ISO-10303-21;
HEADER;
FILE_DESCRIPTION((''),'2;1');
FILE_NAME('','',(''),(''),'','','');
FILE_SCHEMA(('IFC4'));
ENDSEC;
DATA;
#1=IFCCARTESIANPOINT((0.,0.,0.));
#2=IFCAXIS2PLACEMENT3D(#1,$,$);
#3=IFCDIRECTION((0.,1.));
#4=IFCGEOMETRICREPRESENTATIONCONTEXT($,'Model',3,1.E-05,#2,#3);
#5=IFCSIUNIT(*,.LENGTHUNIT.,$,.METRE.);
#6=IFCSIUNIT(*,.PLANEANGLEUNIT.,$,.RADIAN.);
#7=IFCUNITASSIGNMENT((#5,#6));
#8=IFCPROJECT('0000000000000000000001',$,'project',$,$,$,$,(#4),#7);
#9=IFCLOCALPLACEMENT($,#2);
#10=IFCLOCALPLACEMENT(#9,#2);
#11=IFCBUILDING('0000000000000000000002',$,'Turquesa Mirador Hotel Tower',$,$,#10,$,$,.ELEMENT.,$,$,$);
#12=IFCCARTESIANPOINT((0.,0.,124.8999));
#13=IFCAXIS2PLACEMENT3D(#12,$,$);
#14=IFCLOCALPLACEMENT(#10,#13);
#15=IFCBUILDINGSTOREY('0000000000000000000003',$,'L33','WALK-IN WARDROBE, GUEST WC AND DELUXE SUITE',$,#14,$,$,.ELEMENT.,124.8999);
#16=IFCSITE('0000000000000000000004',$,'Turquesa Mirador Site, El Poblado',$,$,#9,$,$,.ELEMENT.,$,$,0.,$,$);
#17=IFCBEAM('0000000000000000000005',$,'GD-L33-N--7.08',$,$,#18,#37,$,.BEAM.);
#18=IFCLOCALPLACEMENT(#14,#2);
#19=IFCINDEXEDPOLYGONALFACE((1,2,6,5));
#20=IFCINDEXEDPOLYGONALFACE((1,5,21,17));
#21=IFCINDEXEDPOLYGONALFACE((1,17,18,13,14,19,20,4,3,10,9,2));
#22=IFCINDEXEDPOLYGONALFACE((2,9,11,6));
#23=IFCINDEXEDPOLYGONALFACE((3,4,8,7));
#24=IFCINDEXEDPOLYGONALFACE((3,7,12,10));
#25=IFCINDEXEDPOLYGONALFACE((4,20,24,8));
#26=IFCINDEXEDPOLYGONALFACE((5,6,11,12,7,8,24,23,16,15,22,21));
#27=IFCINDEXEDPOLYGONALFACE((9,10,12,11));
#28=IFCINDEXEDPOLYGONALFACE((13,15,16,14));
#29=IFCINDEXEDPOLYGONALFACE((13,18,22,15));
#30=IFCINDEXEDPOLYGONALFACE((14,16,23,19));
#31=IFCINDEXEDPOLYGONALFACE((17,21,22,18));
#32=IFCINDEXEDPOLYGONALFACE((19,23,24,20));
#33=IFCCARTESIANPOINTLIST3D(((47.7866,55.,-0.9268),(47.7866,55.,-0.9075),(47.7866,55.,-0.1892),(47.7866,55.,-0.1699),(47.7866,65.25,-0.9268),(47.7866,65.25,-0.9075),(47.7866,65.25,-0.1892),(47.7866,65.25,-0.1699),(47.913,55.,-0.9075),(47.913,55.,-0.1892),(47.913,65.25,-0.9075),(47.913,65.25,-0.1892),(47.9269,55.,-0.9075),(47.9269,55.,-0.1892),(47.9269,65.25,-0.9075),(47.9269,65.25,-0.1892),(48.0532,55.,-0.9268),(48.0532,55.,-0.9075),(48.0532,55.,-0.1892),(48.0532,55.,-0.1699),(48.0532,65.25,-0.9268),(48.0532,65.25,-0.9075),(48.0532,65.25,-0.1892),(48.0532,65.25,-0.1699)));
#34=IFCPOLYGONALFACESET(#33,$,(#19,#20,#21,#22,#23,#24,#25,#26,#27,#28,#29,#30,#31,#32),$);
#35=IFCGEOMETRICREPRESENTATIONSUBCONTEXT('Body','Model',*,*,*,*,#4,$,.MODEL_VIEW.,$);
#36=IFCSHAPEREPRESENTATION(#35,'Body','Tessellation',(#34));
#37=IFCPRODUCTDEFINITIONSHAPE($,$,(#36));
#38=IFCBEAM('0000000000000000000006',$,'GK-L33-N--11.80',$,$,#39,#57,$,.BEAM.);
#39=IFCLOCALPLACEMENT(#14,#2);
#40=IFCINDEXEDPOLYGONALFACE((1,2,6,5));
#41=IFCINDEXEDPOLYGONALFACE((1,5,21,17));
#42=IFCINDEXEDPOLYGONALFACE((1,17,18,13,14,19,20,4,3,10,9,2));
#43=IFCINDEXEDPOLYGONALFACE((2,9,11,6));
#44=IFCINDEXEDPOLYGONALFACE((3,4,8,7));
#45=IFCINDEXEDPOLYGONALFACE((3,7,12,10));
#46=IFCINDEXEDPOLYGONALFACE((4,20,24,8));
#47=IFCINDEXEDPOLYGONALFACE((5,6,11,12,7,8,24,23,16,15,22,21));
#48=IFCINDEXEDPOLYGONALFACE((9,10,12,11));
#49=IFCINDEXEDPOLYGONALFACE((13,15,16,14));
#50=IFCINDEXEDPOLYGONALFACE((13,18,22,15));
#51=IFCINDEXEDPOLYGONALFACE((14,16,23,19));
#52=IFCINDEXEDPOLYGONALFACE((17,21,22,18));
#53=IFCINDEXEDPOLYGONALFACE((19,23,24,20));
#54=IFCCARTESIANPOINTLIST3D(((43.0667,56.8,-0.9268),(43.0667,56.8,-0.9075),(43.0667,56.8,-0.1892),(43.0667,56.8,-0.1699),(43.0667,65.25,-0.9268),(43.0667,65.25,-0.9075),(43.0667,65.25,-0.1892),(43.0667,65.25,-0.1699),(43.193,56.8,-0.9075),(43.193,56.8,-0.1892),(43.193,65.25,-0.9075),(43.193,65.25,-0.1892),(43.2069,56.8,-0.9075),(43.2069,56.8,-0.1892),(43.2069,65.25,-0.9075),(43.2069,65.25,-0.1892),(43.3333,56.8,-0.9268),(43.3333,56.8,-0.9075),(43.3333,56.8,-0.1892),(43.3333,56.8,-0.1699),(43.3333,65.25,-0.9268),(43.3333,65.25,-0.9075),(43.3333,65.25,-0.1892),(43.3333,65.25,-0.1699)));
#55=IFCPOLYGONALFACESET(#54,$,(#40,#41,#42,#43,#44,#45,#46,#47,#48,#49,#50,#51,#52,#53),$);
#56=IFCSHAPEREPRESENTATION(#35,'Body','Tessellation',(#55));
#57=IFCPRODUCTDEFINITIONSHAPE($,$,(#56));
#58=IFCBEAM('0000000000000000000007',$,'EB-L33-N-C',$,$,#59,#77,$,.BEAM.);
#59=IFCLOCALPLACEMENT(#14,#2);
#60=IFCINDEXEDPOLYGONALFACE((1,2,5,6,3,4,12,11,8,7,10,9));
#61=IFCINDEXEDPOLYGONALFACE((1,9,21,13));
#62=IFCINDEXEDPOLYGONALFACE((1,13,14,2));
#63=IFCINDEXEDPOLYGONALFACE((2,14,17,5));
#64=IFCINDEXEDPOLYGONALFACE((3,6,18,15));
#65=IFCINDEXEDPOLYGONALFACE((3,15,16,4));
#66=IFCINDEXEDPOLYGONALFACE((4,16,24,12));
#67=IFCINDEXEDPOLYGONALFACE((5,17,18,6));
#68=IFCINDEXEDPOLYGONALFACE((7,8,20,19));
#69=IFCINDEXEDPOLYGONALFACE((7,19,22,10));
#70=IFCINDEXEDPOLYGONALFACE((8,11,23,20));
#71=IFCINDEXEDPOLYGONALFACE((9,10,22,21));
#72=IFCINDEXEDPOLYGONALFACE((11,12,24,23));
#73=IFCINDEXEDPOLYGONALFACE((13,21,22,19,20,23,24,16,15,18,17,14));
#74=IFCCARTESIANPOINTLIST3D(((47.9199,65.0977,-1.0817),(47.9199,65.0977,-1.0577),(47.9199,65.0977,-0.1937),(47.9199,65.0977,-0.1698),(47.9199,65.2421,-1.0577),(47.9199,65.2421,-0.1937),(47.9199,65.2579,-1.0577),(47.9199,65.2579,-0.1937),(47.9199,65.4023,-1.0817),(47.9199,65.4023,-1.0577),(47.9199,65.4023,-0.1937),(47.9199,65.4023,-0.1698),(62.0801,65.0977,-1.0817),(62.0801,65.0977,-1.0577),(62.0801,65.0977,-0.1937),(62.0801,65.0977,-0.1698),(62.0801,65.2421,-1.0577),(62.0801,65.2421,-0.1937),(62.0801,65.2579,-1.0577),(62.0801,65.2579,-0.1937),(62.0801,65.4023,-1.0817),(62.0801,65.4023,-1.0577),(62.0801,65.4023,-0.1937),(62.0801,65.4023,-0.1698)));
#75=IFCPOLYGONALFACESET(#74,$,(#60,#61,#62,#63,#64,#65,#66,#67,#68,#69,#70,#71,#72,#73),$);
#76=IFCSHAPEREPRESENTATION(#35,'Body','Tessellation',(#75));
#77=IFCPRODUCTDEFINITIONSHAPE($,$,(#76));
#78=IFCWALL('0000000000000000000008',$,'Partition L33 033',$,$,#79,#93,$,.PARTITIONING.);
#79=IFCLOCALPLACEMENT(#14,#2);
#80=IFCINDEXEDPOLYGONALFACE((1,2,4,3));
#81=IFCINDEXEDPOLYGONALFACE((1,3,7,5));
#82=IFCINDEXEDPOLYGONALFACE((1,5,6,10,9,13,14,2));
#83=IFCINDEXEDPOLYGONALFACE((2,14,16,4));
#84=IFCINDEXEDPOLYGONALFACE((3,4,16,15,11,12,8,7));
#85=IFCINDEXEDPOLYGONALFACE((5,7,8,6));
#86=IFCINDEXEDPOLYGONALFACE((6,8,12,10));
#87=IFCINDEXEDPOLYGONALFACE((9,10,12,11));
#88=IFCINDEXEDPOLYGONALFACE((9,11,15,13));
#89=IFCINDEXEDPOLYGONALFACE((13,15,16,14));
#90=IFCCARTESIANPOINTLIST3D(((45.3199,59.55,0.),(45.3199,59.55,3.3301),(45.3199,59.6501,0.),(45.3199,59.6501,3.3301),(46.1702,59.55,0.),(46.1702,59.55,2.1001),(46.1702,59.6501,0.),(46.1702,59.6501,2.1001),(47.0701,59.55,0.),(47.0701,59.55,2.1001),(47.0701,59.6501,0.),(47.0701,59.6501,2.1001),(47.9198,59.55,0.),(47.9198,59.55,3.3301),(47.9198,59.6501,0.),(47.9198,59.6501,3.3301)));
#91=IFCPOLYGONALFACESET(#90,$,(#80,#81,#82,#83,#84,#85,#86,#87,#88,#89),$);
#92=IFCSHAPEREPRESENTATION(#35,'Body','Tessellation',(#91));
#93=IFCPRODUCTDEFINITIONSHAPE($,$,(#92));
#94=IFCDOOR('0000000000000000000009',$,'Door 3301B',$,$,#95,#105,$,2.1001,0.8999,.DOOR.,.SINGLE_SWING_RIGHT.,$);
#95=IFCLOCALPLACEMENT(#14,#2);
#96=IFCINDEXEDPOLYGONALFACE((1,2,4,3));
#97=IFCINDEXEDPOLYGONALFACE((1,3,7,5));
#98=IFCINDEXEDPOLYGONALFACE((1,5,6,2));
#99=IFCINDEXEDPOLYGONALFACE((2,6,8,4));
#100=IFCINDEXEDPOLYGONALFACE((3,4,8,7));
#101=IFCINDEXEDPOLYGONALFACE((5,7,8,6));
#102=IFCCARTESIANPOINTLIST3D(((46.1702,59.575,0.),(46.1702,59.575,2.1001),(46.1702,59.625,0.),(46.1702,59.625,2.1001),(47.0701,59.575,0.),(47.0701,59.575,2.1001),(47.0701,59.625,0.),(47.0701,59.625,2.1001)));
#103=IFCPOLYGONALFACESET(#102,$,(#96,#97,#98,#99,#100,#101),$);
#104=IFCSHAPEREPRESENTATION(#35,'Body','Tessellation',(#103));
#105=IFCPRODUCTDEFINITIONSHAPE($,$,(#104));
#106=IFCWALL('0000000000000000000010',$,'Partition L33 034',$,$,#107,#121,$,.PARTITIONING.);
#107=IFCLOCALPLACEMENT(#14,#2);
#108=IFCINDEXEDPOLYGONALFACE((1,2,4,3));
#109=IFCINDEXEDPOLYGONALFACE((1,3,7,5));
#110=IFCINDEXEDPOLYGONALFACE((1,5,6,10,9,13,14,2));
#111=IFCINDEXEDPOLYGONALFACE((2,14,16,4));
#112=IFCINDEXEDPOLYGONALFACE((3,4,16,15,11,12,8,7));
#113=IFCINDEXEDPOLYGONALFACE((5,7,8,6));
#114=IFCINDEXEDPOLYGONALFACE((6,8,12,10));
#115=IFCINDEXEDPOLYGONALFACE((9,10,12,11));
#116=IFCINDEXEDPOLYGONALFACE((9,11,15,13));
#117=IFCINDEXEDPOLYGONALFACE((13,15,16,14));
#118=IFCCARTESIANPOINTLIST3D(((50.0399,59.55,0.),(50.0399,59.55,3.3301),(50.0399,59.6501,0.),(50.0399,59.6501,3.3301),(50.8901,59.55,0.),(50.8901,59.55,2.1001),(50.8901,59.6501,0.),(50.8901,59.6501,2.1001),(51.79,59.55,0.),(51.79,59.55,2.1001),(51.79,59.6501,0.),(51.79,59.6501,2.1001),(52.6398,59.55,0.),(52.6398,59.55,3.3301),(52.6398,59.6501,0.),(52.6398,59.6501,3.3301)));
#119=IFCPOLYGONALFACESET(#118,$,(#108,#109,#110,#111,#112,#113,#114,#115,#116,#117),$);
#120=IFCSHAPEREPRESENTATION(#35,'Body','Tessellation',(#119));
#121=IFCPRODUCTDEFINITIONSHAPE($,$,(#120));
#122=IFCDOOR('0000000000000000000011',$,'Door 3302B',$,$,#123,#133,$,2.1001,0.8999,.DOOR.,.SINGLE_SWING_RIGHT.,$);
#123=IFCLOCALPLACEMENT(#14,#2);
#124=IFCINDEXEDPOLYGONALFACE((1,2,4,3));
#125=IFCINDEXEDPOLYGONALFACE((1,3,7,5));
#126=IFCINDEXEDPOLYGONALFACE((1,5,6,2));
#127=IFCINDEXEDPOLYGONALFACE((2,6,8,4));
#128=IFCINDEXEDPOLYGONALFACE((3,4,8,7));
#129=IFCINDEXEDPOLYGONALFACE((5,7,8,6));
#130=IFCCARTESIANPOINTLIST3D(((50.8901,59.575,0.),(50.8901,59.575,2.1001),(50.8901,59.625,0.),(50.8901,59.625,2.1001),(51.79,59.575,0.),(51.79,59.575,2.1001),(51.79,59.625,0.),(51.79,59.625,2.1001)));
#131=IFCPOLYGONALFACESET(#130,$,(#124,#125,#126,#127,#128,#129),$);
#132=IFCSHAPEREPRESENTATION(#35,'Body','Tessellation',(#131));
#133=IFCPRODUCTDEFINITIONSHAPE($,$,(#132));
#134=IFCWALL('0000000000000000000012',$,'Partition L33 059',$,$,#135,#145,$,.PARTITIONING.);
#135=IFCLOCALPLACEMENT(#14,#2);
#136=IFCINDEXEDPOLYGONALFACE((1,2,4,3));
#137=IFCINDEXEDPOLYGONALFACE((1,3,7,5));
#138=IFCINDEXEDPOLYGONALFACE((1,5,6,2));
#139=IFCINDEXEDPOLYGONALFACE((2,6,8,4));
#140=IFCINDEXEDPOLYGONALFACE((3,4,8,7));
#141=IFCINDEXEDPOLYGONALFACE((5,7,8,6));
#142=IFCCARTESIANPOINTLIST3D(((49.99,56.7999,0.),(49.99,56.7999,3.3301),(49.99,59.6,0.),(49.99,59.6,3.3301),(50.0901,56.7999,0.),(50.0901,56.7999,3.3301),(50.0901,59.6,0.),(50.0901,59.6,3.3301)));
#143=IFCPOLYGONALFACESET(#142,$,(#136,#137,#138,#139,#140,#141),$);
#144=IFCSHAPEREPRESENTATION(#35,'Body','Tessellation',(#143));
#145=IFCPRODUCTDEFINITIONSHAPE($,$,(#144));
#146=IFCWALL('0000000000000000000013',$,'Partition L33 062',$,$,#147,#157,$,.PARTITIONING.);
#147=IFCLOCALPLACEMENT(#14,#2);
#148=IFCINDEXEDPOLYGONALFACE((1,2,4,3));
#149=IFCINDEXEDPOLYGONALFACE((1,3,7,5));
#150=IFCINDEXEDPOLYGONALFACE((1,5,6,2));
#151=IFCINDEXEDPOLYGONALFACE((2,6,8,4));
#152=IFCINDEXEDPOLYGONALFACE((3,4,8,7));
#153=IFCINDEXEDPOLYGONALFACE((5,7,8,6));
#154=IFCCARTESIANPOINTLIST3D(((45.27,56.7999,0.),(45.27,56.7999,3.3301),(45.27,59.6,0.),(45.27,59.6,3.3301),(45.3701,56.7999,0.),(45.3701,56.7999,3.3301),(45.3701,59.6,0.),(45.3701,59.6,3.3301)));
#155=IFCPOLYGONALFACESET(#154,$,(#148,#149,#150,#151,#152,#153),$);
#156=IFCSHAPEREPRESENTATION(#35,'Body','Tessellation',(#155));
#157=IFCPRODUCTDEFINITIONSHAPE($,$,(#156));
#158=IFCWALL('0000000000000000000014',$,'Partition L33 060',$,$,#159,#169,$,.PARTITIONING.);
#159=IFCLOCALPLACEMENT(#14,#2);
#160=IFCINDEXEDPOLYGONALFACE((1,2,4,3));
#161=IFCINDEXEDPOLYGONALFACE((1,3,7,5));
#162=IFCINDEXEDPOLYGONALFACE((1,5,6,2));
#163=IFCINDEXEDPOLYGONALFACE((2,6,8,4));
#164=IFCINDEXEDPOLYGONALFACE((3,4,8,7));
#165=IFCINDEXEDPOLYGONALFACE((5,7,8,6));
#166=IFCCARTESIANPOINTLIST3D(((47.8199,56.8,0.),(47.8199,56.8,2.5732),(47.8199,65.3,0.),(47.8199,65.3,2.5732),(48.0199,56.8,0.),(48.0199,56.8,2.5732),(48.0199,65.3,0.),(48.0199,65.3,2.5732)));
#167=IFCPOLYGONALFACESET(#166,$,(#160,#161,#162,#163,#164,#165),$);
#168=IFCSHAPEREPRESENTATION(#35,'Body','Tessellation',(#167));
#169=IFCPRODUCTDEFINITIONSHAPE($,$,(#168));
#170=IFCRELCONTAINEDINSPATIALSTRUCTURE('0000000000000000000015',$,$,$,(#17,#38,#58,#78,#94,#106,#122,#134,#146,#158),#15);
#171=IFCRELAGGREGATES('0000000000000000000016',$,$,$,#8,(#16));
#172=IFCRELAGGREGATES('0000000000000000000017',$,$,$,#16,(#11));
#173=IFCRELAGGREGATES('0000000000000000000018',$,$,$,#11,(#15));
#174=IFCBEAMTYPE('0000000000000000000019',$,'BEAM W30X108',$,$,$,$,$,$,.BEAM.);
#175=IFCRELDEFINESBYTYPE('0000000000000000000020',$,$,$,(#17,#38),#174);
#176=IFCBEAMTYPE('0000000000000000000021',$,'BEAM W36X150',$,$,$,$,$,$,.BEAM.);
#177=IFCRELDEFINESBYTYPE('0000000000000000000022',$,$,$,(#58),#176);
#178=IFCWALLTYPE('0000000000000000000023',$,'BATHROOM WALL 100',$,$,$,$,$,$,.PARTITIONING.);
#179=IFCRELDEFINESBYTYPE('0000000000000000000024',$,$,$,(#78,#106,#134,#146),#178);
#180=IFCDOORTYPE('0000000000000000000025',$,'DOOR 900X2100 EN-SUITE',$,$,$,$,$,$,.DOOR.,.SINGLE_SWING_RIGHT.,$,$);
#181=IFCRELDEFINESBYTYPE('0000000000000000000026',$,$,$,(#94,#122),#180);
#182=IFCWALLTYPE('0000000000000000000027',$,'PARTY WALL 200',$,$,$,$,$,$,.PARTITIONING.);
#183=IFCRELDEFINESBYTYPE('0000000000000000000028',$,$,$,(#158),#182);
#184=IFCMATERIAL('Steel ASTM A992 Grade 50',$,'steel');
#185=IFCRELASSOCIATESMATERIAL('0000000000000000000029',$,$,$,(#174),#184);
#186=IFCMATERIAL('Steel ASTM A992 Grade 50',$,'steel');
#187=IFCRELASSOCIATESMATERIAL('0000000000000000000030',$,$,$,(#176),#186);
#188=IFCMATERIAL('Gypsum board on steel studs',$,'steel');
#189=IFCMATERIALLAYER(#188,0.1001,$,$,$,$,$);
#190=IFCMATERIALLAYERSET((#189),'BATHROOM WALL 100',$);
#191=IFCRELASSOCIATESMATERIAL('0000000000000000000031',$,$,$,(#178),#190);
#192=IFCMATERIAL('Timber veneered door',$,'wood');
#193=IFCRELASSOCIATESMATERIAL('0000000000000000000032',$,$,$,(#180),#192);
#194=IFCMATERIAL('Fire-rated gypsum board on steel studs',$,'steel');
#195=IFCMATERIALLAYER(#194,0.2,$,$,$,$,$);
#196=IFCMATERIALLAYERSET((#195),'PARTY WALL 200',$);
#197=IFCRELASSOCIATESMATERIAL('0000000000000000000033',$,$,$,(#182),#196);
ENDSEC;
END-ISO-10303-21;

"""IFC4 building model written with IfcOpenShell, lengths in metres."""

from ifc_helpers import new_model, si_unit, direction, frame, frame_2d, origin, origin_2d, place, context, subcontext, project, spatial, rectangle, i_section, extrude, material, layer, layer_set, material_profile, profile_set, type_object, element, fill, save


model = new_model("IFC4")

# Units and contexts
model_context = context("Model", 3, precision=1e-05, world=origin(), true_north=direction((0.0, 1.0)))
body_context = subcontext(model_context, "Body", "Model", "MODEL_VIEW")
ifc_project = project(units=[si_unit("LENGTHUNIT", "METRE"), si_unit("PLANEANGLEUNIT", "RADIAN")], contexts=[model_context])

# Site, building, storey
site_placement = place(None, origin())
site = spatial("IfcSite", under=ifc_project, at=site_placement, Name="Turquesa Mirador Site, El Poblado", CompositionType="ELEMENT", RefElevation=0.0)
building_placement = place(site_placement, origin())
building = spatial("IfcBuilding", under=site, at=building_placement, Name="Turquesa Mirador Hotel Tower", CompositionType="ELEMENT")
storey_placement = place(building_placement, frame((0.0, 0.0, 124.8999)))
storey = spatial("IfcBuildingStorey", under=building, at=storey_placement, Name="L33", Description="WALK-IN WARDROBE, GUEST WC AND DELUXE SUITE", CompositionType="ELEMENT", Elevation=124.8999)

# Beams
ifc_material_1 = material(Name="Steel ASTM A992 Grade 50", Category="steel")
ifc_material_profile_1 = material_profile(ifc_material_1, i_section(OverallWidth=0.2666, OverallDepth=0.7568, WebThickness=0.0139, FlangeThickness=0.0193, at=origin_2d()), Name="W30X108")
ifc_profile_set_1 = profile_set([ifc_material_profile_1], Name="Steel ASTM A992 Grade 50")
beam_type_1 = type_object("IfcBeamType", Name="BEAM W30X108", PredefinedType="BEAM", material=ifc_profile_set_1)
beam_1_placement = place(storey_placement, frame((47.9199, 65.25, -0.5483), z_axis=(0.0, -1.0, 0.0), x_axis=(1.0, 0.0, 0.0)))
element("IfcBeam", 1, at=beam_1_placement, inside=storey, type_object=beam_type_1, Name="GD-L33-N--7.08", PredefinedType="BEAM", context=body_context, shape_type="SweptSolid", body=[
    extrude(i_section(OverallWidth=0.2666, OverallDepth=0.7568, WebThickness=0.0139, FlangeThickness=0.0193, at=origin_2d()), origin(), (0.0, 0.0, 1.0), 10.25),
])
beam_2_placement = place(storey_placement, frame((43.2, 65.25, -0.5483), z_axis=(0.0, -1.0, 0.0), x_axis=(1.0, 0.0, 0.0)))
element("IfcBeam", 2, at=beam_2_placement, inside=storey, type_object=beam_type_1, Name="GK-L33-N--11.80", PredefinedType="BEAM", context=body_context, shape_type="SweptSolid", body=[
    extrude(i_section(OverallWidth=0.2666, OverallDepth=0.7568, WebThickness=0.0139, FlangeThickness=0.0193, at=origin_2d()), origin(), (0.0, 0.0, 1.0), 8.45),
])
ifc_material_2 = material(Name="Steel ASTM A992 Grade 50", Category="steel")
ifc_material_profile_2 = material_profile(ifc_material_2, i_section(OverallWidth=0.3047, OverallDepth=0.9119, WebThickness=0.0159, FlangeThickness=0.0239, at=origin_2d()), Name="W36X150")
ifc_profile_set_2 = profile_set([ifc_material_profile_2], Name="Steel ASTM A992 Grade 50")
beam_type_2 = type_object("IfcBeamType", Name="BEAM W36X150", PredefinedType="BEAM", material=ifc_profile_set_2)
beam_3_placement = place(storey_placement, frame((47.9199, 65.25, -0.6257), z_axis=(1.0, 0.0, 0.0), x_axis=(0.0, 1.0, 0.0)))
element("IfcBeam", 3, at=beam_3_placement, inside=storey, type_object=beam_type_2, Name="EB-L33-N-C", PredefinedType="BEAM", context=body_context, shape_type="SweptSolid", body=[
    extrude(i_section(OverallWidth=0.3047, OverallDepth=0.9119, WebThickness=0.0159, FlangeThickness=0.0239, at=origin_2d()), origin(), (0.0, 0.0, 1.0), 14.1602),
])

# Walls, openings, doors
ifc_material_3 = material(Name="Gypsum board on steel studs", Category="steel")
ifc_layer_1 = layer(ifc_material_3, 0.1001)
ifc_layer_set_1 = layer_set([ifc_layer_1], Name="BATHROOM WALL 100")
wall_type_1 = type_object("IfcWallType", Name="BATHROOM WALL 100", PredefinedType="PARTITIONING", material=ifc_layer_set_1)
wall_1_placement = place(storey_placement, frame((45.3201, 59.6001, 0.0), z_axis=(0.0, 0.0, 1.0), x_axis=(1.0, 0.0, 0.0)))
wall_1 = element("IfcWall", 4, at=wall_1_placement, inside=storey, type_object=wall_type_1, Name="Partition L33 033", PredefinedType="PARTITIONING", context=body_context, shape_type="SweptSolid", body=[
    extrude(rectangle(XDim=2.5999, YDim=0.1001, at=frame_2d((1.2998, 0.0))), origin(), (0.0, 0.0, 1.0), 3.3301),
])
opening_1_placement = place(wall_1_placement, frame((0.8501, 0.0, 0.0)))
opening_1 = element("IfcOpeningElement", 5, at=opening_1_placement, cuts=wall_1, PredefinedType="OPENING", context=body_context, shape_type="SweptSolid", body=[
    extrude(rectangle(XDim=0.8999, YDim=2.1001, at=frame_2d((0.45, 1.05))), frame((0.0, 0.0601, 0.0), z_axis=(0.0, -1.0, 0.0), x_axis=(1.0, 0.0, 0.0)), (0.0, 0.0, 1.0), 0.1201),
])
ifc_material_4 = material(Name="Timber veneered door", Category="wood")
door_type = type_object("IfcDoorType", Name="DOOR 900X2100 EN-SUITE", OperationType="SINGLE_SWING_RIGHT", PredefinedType="DOOR", material=ifc_material_4)
door_1_placement = place(opening_1_placement, origin())
door_1 = element("IfcDoor", 6, at=door_1_placement, inside=storey, type_object=door_type, Name="Door 3301B", OperationType="SINGLE_SWING_RIGHT", OverallHeight=2.1001, OverallWidth=0.8999, PredefinedType="DOOR", context=body_context, shape_type="SweptSolid", body=[
    extrude(rectangle(XDim=0.8999, YDim=2.1001, at=frame_2d((0.45, 1.05))), frame((0.0, 0.0249, 0.0), z_axis=(0.0, -1.0, 0.0), x_axis=(1.0, 0.0, 0.0)), (0.0, 0.0, 1.0), 0.05),
])
fill(opening_1, door_1)
wall_2_placement = place(storey_placement, frame((50.04, 59.6001, 0.0), z_axis=(0.0, 0.0, 1.0), x_axis=(1.0, 0.0, 0.0)))
wall_2 = element("IfcWall", 7, at=wall_2_placement, inside=storey, type_object=wall_type_1, Name="Partition L33 034", PredefinedType="PARTITIONING", context=body_context, shape_type="SweptSolid", body=[
    extrude(rectangle(XDim=2.5999, YDim=0.1001, at=frame_2d((1.2998, 0.0))), origin(), (0.0, 0.0, 1.0), 3.3301),
])
opening_2_placement = place(wall_2_placement, frame((0.8501, 0.0, 0.0)))
opening_2 = element("IfcOpeningElement", 8, at=opening_2_placement, cuts=wall_2, PredefinedType="OPENING", context=body_context, shape_type="SweptSolid", body=[
    extrude(rectangle(XDim=0.8999, YDim=2.1001, at=frame_2d((0.45, 1.05))), frame((0.0, 0.0601, 0.0), z_axis=(0.0, -1.0, 0.0), x_axis=(1.0, 0.0, 0.0)), (0.0, 0.0, 1.0), 0.1201),
])
door_2_placement = place(opening_2_placement, origin())
door_2 = element("IfcDoor", 9, at=door_2_placement, inside=storey, type_object=door_type, Name="Door 3302B", OperationType="SINGLE_SWING_RIGHT", OverallHeight=2.1001, OverallWidth=0.8999, PredefinedType="DOOR", context=body_context, shape_type="SweptSolid", body=[
    extrude(rectangle(XDim=0.8999, YDim=2.1001, at=frame_2d((0.45, 1.05))), frame((0.0, 0.0249, 0.0), z_axis=(0.0, -1.0, 0.0), x_axis=(1.0, 0.0, 0.0)), (0.0, 0.0, 1.0), 0.05),
])
fill(opening_2, door_2)

# Walls
for number, where, z_axis, x_axis, name in (
    (10, (50.04, 56.8, 0.0), (0.0, 0.0, 1.0), (0.0, 1.0, 0.0), "Partition L33 059"),
    (11, (45.3201, 56.8, 0.0), (0.0, 0.0, 1.0), (0.0, 1.0, 0.0), "Partition L33 062"),
):
    element("IfcWall", number, at=place(storey_placement, frame(where, z_axis=z_axis, x_axis=x_axis)), inside=storey, type_object=wall_type_1, Name=name, PredefinedType="PARTITIONING", context=body_context, shape_type="SweptSolid", body=[
        extrude(rectangle(XDim=2.8, YDim=0.1001, at=frame_2d((1.3999, 0.0))), origin(), (0.0, 0.0, 1.0), 3.3301),
    ])
ifc_material_5 = material(Name="Fire-rated gypsum board on steel studs", Category="steel")
ifc_layer_2 = layer(ifc_material_5, 0.2)
ifc_layer_set_2 = layer_set([ifc_layer_2], Name="PARTY WALL 200")
wall_type_2 = type_object("IfcWallType", Name="PARTY WALL 200", PredefinedType="PARTITIONING", material=ifc_layer_set_2)
wall_3_placement = place(storey_placement, frame((47.9199, 56.8, 0.0), z_axis=(0.0, 0.0, 1.0), x_axis=(0.0, 1.0, 0.0)))
element("IfcWall", 12, at=wall_3_placement, inside=storey, type_object=wall_type_2, Name="Partition L33 060", PredefinedType="PARTITIONING", context=body_context, shape_type="SweptSolid", body=[
    extrude(rectangle(XDim=8.5, YDim=0.2, at=frame_2d((4.25, 0.0))), origin(), (0.0, 0.0, 1.0), 2.5732),
])

save(model, "model.ifc")
